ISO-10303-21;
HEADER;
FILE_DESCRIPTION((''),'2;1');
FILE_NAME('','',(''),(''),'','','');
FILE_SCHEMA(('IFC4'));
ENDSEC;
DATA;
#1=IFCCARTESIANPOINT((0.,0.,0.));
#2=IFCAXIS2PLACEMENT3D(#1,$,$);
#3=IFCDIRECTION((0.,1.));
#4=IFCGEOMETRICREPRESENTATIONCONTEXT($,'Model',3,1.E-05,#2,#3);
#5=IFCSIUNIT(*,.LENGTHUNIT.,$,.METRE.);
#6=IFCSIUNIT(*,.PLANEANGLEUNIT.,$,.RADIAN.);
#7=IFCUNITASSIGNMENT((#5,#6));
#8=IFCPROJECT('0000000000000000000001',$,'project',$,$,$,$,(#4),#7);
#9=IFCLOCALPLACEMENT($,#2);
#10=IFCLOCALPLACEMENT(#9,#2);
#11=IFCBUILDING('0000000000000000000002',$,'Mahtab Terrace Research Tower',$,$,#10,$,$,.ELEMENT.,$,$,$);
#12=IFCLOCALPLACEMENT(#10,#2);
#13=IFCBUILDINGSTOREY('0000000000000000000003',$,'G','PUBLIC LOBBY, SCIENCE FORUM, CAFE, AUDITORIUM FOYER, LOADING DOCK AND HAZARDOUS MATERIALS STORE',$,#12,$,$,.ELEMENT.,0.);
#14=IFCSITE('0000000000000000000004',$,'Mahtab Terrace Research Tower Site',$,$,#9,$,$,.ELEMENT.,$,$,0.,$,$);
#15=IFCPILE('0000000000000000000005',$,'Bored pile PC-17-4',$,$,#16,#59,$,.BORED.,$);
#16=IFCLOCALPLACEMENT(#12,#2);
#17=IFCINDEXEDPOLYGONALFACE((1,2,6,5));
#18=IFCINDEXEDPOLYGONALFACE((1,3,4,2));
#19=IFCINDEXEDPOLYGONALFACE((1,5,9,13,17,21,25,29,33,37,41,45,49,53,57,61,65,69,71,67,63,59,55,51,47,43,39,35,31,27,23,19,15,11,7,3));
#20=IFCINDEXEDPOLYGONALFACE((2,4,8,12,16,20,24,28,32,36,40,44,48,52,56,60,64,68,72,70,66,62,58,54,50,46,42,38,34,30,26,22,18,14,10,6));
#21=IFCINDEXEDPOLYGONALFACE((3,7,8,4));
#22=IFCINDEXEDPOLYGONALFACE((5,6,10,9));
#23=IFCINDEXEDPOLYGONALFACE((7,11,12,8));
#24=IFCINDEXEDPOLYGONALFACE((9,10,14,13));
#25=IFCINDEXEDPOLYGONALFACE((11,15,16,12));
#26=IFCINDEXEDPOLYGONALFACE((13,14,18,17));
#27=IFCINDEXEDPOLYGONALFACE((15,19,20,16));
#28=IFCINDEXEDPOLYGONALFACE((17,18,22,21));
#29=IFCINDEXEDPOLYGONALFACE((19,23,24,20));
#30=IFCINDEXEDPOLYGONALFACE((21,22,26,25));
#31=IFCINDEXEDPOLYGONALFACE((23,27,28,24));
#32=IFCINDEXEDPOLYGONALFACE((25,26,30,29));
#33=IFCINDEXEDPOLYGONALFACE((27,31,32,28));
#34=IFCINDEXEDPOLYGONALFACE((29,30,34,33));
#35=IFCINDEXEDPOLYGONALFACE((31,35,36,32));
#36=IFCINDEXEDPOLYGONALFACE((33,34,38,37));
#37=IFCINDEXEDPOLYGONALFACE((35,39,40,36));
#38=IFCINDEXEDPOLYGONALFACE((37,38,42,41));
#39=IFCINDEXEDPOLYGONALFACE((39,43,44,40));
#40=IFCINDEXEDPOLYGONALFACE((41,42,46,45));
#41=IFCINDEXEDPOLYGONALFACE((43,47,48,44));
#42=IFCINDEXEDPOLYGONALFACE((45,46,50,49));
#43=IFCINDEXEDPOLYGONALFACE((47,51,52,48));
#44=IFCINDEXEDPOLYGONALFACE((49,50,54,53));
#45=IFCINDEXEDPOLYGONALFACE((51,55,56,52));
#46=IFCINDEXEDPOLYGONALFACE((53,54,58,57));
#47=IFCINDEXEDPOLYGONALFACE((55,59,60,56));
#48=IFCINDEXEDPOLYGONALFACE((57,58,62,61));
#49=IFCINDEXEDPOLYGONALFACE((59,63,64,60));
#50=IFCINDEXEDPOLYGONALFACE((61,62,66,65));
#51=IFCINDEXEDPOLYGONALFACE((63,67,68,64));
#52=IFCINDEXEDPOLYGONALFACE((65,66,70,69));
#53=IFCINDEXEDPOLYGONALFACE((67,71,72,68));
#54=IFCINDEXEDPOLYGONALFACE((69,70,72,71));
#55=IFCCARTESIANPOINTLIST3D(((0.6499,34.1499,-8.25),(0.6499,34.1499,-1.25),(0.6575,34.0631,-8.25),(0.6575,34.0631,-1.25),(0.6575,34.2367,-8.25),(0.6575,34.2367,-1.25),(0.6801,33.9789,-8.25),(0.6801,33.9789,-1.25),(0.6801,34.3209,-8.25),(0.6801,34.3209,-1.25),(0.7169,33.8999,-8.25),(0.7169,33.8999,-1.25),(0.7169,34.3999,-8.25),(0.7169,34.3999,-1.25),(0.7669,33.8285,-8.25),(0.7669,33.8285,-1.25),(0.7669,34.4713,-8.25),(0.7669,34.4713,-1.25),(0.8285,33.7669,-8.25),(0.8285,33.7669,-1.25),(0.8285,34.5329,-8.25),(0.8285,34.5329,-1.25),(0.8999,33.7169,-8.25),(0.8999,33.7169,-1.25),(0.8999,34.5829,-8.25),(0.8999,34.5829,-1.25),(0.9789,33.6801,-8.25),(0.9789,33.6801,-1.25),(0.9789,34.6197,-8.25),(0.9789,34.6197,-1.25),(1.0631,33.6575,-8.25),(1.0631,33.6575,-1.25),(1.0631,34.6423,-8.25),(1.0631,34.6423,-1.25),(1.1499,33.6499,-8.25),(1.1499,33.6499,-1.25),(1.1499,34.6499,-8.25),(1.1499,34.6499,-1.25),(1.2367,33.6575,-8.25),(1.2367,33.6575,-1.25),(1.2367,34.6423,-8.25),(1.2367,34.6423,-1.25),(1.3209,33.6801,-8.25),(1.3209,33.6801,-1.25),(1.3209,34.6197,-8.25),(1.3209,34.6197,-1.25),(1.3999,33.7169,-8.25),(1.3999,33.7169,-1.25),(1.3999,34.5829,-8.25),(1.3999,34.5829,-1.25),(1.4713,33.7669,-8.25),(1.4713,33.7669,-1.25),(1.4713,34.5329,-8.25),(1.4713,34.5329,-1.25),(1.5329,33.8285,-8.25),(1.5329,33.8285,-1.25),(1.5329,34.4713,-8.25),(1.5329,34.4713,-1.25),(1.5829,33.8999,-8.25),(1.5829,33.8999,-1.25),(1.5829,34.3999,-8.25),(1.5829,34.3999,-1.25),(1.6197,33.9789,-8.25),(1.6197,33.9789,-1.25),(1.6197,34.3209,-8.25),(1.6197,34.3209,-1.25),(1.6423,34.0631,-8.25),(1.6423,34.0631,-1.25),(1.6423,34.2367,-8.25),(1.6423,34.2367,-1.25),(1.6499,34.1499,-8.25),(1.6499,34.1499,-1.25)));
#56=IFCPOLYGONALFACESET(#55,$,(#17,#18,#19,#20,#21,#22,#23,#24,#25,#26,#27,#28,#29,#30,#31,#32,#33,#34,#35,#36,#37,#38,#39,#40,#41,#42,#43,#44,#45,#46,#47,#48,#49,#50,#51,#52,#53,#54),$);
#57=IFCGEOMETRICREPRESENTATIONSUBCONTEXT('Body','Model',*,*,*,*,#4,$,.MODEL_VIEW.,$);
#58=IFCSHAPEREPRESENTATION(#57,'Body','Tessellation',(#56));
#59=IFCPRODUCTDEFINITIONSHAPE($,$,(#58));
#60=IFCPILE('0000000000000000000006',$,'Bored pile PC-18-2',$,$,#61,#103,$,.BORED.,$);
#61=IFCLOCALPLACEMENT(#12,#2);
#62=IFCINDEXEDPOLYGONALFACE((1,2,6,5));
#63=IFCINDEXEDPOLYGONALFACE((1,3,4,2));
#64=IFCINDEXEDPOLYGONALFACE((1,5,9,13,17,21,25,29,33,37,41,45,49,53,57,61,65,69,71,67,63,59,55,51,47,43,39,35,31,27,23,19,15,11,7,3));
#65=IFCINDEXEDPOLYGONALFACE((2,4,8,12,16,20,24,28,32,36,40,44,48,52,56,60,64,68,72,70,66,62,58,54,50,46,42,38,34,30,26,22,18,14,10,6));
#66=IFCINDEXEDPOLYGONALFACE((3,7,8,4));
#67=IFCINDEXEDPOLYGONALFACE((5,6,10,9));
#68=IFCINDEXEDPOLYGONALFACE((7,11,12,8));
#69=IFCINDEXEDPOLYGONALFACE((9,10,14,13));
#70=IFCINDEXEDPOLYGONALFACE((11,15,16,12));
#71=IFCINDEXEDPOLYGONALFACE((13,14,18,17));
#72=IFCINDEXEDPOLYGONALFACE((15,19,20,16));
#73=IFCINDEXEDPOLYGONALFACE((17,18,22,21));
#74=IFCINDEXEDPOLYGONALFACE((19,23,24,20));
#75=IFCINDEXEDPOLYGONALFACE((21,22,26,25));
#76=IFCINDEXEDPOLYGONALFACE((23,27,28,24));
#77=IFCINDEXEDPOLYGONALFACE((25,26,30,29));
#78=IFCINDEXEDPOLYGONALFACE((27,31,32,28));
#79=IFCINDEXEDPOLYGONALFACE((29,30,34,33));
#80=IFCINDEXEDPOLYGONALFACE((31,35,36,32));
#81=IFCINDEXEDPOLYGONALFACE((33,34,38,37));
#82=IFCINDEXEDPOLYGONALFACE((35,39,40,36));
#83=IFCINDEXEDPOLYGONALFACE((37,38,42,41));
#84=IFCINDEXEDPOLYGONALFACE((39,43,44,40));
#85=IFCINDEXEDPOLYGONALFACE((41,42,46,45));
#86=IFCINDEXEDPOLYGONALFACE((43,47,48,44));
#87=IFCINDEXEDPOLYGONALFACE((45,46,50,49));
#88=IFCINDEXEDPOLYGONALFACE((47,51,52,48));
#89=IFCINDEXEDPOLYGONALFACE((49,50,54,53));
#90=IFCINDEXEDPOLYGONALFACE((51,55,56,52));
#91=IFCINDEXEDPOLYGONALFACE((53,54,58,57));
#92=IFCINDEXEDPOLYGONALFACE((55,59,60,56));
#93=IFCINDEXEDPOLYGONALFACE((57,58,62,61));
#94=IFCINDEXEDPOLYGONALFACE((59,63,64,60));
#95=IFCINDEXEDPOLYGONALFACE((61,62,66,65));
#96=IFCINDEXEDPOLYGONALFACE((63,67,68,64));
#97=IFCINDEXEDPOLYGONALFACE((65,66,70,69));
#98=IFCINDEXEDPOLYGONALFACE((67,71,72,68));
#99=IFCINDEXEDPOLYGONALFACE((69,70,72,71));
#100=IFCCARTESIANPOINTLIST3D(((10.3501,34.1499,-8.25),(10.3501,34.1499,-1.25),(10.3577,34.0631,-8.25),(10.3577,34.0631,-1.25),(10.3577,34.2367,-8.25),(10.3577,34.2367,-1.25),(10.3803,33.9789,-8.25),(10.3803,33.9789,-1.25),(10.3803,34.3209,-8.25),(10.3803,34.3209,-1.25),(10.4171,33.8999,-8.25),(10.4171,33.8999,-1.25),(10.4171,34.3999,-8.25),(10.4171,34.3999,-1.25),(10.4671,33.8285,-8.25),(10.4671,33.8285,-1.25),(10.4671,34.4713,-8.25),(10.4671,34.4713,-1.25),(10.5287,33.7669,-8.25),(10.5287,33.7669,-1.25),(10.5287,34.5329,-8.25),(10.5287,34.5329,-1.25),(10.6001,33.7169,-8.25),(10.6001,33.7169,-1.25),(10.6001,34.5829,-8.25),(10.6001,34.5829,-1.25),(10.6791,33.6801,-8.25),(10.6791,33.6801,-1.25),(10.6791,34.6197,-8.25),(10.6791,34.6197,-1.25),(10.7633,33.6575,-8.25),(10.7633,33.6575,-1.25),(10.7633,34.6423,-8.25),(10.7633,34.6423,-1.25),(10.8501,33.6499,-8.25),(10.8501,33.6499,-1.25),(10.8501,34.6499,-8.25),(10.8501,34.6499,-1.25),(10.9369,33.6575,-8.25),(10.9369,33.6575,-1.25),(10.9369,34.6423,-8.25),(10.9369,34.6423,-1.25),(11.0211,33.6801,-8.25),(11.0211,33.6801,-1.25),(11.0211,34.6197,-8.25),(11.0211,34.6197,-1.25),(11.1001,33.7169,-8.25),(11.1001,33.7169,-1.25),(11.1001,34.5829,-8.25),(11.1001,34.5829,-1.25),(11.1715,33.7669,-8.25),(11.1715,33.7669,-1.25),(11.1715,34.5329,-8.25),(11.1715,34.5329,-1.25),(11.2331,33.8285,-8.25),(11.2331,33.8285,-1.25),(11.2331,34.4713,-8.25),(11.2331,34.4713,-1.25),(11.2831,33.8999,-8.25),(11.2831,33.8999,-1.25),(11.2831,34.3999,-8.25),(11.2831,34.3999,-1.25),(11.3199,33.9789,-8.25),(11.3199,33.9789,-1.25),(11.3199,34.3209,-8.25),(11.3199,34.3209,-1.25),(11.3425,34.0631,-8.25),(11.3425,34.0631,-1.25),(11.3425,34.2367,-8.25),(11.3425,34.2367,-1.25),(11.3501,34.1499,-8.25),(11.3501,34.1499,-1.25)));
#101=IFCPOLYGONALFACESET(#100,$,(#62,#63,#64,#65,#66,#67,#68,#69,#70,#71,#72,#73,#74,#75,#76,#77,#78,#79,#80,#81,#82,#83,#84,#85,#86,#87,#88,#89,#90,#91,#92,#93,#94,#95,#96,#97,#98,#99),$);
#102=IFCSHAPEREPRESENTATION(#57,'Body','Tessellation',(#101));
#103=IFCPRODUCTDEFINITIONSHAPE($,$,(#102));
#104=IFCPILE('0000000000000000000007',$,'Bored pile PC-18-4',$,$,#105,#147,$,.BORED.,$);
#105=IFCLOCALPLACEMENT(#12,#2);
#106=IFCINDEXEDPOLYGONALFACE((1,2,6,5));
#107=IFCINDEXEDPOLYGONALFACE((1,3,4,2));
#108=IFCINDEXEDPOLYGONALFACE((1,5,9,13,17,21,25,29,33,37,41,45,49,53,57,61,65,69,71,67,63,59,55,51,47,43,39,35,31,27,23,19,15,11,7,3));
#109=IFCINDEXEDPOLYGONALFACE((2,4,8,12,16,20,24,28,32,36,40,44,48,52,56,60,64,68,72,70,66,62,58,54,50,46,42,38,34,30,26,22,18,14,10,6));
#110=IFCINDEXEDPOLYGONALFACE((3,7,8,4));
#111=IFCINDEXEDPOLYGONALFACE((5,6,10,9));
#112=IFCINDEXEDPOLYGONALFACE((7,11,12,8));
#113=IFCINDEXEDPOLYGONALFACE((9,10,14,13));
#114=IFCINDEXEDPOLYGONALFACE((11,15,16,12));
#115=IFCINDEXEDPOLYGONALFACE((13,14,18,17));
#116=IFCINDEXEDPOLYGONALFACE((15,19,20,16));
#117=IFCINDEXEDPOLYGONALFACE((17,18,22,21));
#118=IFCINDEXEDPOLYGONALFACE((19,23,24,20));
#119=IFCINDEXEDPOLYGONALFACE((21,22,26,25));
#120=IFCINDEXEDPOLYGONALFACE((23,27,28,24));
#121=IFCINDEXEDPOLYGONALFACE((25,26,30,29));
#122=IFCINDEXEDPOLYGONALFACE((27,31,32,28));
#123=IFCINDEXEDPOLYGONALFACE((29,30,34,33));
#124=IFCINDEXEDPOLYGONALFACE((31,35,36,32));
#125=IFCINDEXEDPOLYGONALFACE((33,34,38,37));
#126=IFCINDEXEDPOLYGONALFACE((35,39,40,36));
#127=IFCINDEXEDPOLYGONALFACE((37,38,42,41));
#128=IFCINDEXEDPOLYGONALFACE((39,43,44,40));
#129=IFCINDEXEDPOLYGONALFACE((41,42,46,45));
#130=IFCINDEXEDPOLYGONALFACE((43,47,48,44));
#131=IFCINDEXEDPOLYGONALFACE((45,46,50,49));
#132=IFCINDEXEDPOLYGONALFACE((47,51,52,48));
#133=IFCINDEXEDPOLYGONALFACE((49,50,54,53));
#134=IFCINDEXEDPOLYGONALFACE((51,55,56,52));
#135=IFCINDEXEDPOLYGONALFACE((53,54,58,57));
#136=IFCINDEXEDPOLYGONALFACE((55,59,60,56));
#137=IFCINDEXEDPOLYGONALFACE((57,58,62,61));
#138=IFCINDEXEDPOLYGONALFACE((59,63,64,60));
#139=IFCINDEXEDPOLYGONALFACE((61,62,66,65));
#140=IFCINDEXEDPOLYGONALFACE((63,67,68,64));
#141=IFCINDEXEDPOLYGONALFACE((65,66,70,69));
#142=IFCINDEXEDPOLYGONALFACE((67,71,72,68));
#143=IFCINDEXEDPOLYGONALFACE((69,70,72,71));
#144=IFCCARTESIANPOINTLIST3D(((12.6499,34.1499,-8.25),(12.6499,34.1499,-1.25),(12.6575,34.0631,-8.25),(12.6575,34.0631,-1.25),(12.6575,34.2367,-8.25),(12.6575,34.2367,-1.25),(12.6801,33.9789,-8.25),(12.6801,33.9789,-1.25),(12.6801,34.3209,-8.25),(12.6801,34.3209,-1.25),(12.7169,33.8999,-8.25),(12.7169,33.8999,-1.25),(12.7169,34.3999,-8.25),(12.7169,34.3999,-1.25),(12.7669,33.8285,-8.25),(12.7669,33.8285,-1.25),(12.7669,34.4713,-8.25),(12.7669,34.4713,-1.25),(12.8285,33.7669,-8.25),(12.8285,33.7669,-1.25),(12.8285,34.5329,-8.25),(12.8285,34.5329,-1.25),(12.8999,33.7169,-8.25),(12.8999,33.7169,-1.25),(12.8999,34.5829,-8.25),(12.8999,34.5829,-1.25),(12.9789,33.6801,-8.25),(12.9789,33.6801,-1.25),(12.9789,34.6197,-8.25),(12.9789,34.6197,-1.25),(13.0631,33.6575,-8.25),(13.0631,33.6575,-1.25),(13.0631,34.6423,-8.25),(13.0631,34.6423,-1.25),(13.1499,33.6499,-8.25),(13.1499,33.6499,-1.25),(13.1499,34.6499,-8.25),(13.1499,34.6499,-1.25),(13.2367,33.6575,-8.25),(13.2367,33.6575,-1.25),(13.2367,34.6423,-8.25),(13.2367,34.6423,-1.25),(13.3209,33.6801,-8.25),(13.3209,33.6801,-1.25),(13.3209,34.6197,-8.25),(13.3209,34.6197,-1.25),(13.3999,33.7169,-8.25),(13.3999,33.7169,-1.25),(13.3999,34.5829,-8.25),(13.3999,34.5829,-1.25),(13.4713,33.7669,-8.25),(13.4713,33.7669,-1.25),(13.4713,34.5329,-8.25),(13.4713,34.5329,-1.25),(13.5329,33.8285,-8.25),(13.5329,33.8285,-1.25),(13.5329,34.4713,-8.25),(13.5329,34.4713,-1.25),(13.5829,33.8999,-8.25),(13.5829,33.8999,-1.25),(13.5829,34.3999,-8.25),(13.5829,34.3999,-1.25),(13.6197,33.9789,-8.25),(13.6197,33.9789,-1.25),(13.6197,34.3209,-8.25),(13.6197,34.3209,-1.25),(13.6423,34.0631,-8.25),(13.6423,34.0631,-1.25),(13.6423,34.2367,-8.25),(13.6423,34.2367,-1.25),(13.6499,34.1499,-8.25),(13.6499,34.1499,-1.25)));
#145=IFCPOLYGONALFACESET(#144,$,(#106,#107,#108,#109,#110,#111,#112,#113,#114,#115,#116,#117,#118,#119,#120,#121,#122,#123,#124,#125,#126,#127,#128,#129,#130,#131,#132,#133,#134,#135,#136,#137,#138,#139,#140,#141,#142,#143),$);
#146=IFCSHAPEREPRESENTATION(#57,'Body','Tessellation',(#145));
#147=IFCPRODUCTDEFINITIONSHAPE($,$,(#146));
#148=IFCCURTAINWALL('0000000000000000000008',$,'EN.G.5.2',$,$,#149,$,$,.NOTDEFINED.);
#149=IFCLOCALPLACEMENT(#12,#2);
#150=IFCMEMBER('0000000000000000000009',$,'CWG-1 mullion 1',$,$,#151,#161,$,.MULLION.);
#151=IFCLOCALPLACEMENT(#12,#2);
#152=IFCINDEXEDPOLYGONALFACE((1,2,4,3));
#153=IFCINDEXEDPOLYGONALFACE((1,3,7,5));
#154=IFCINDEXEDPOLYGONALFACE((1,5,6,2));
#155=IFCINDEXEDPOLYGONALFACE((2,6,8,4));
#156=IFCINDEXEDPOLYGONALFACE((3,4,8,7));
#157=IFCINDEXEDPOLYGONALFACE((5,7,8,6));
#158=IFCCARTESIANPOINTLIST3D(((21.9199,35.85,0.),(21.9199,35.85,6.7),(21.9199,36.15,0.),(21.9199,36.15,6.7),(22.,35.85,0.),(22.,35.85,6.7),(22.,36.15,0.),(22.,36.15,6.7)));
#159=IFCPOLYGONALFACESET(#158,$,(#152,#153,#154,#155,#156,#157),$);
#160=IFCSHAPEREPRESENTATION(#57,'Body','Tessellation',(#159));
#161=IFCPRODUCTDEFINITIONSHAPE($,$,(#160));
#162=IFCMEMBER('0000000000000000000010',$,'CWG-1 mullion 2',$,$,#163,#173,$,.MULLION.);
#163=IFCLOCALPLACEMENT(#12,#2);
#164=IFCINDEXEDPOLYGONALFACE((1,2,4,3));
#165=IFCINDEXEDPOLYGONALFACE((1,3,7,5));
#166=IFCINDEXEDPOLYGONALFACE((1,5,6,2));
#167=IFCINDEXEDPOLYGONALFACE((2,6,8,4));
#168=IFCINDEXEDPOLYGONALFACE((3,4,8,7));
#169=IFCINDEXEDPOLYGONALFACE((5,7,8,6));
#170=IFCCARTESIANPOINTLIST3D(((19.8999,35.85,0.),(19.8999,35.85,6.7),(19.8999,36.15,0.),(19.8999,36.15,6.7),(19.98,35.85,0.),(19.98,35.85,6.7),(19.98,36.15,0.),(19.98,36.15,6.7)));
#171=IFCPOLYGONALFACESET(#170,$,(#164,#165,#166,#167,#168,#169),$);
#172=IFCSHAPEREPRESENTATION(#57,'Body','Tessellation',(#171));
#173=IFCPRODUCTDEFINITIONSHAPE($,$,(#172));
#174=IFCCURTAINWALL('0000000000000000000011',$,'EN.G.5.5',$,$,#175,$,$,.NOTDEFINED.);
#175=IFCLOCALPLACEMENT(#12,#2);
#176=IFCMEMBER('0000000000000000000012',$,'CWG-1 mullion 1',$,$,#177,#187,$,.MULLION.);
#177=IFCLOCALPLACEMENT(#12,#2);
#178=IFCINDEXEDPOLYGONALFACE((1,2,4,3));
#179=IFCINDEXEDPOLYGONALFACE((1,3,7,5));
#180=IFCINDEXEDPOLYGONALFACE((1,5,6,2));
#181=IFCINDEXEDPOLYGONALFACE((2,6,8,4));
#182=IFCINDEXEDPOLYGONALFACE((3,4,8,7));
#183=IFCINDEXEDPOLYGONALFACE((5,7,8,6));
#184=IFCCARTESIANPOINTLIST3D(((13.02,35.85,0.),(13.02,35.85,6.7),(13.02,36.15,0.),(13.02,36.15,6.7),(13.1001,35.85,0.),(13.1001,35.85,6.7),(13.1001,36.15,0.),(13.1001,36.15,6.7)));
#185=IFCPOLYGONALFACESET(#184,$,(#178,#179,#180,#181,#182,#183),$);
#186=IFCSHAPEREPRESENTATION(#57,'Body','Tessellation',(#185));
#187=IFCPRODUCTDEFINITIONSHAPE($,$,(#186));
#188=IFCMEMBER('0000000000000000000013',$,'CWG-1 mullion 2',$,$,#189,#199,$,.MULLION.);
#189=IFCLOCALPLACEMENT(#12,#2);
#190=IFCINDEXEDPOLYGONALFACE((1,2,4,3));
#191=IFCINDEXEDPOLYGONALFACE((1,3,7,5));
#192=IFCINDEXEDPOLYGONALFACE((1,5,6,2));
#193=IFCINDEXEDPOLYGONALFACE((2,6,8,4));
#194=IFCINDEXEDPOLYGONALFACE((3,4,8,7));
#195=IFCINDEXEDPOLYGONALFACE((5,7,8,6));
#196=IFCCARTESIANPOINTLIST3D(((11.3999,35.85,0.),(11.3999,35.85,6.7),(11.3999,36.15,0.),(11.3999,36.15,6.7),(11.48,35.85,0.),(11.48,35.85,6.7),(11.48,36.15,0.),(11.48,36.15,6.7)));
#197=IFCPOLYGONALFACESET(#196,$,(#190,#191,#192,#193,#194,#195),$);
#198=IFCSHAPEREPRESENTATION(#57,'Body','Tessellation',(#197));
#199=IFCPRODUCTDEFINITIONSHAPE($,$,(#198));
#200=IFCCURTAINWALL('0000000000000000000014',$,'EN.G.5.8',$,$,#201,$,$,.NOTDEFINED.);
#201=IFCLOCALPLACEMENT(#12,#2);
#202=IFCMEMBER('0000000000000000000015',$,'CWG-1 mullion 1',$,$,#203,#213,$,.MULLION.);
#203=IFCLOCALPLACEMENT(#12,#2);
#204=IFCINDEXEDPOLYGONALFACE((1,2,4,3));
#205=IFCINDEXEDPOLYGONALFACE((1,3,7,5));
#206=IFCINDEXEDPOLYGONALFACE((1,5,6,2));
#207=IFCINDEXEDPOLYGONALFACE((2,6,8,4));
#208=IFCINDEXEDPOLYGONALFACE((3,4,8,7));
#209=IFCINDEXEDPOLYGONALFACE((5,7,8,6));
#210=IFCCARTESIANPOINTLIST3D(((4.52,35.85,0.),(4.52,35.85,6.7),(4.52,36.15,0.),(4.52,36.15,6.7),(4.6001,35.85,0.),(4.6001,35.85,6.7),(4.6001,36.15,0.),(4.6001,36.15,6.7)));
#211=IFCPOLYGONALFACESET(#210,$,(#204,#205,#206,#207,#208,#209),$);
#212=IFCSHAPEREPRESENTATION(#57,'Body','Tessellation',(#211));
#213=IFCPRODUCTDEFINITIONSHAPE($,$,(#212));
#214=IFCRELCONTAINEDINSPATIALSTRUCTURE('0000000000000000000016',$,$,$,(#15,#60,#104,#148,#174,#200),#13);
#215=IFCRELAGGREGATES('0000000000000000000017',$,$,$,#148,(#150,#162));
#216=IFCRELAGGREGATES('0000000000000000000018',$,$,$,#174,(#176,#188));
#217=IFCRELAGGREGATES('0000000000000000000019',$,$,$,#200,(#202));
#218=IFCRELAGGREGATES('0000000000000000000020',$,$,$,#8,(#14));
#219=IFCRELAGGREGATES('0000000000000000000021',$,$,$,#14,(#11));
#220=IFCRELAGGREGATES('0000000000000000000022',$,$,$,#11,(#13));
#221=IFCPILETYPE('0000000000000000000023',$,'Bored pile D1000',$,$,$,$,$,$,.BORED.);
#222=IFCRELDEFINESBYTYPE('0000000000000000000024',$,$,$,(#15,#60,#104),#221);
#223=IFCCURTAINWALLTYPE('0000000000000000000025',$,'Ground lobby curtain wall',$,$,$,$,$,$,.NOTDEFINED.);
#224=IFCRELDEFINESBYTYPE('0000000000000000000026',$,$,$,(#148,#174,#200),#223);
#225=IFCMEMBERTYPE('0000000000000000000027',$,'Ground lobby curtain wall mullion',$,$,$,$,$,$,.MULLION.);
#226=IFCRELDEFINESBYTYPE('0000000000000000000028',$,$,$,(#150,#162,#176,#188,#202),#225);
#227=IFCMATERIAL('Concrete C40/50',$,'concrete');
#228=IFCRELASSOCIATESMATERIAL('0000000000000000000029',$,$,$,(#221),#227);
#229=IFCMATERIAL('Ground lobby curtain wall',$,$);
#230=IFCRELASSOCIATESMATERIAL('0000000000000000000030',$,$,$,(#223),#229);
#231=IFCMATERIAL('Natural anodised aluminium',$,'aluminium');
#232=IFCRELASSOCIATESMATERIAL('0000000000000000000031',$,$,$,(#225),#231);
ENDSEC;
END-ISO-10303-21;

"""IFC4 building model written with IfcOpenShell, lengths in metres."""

from ifc_helpers import new_model, si_unit, direction, frame, origin, origin_2d, place, context, subcontext, project, spatial, rectangle, circle, extrude, material, material_profile, profile_set, type_object, element, aggregate, save


model = new_model("IFC4")

# Units and contexts
model_context = context("Model", 3, precision=1e-05, world=origin(), true_north=direction((0.0, 1.0)))
body_context = subcontext(model_context, "Body", "Model", "MODEL_VIEW")
ifc_project = project(units=[si_unit("LENGTHUNIT", "METRE"), si_unit("PLANEANGLEUNIT", "RADIAN")], contexts=[model_context])

# Site, building, storey
site_placement = place(None, origin())
site = spatial("IfcSite", under=ifc_project, at=site_placement, Name="Mahtab Terrace Research Tower Site", CompositionType="ELEMENT", RefElevation=0.0)
building_placement = place(site_placement, origin())
building = spatial("IfcBuilding", under=site, at=building_placement, Name="Mahtab Terrace Research Tower", CompositionType="ELEMENT")
storey_placement = place(building_placement, origin())
storey = spatial("IfcBuildingStorey", under=building, at=storey_placement, Name="G", Description="PUBLIC LOBBY, SCIENCE FORUM, CAFE, AUDITORIUM FOYER, LOADING DOCK AND HAZARDOUS MATERIALS STORE", CompositionType="ELEMENT", Elevation=0.0)

# Piles
ifc_material_1 = material(Name="Concrete C40/50", Category="concrete")
ifc_material_profile_1 = material_profile(ifc_material_1, circle(Radius=0.5, at=origin_2d()), Name="Bored pile D1000")
ifc_profile_set_1 = profile_set([ifc_material_profile_1], Name="Concrete C40/50")
pile_type = type_object("IfcPileType", Name="Bored pile D1000", PredefinedType="BORED", material=ifc_profile_set_1)
for number, where, z_axis, x_axis, name in (
    (1, (1.1499, 34.1499, -1.25), (0.0, 0.0, -1.0), (1.0, 0.0, 0.0), "Bored pile PC-17-4"),
    (2, (10.8501, 34.1499, -1.25), (0.0, 0.0, -1.0), (1.0, 0.0, 0.0), "Bored pile PC-18-2"),
    (3, (13.1499, 34.1499, -1.25), (0.0, 0.0, -1.0), (1.0, 0.0, 0.0), "Bored pile PC-18-4"),
):
    element("IfcPile", number, at=place(storey_placement, frame(where, z_axis=z_axis, x_axis=x_axis)), inside=storey, type_object=pile_type, Name=name, PredefinedType="BORED", context=body_context, shape_type="SweptSolid", body=[
        extrude(circle(Radius=0.5, at=origin_2d()), origin(), (0.0, 0.0, 1.0), 7.0),
    ])

# Curtain walls, members
ifc_material_2 = material(Name="Ground lobby curtain wall")
curtain_wall_type = type_object("IfcCurtainWallType", Name="Ground lobby curtain wall", PredefinedType="NOTDEFINED", material=ifc_material_2)
curtain_wall_1_placement = place(storey_placement, origin())
curtain_wall_1 = element("IfcCurtainWall", 4, at=curtain_wall_1_placement, inside=storey, type_object=curtain_wall_type, Name="EN.G.5.2", PredefinedType="NOTDEFINED")
ifc_material_3 = material(Name="Natural anodised aluminium", Category="aluminium")
ifc_material_profile_2 = material_profile(ifc_material_3, rectangle(XDim=0.3, YDim=0.0801, at=origin_2d()), Name="MULLION 80x300")
ifc_profile_set_2 = profile_set([ifc_material_profile_2], Name="Natural anodised aluminium")
member_type_1 = type_object("IfcMemberType", Name="Ground lobby curtain wall mullion", PredefinedType="MULLION", material=ifc_profile_set_2)
member_1_placement = place(storey_placement, frame((21.96, 36.0, 0.0), z_axis=(0.0, 0.0, 1.0), x_axis=(0.0, -1.0, 0.0)))
member_1 = element("IfcMember", 5, at=member_1_placement, type_object=member_type_1, Name="CWG-1 mullion 1", PredefinedType="MULLION", context=body_context, shape_type="SweptSolid", body=[
    extrude(rectangle(XDim=0.3, YDim=0.0801, at=origin_2d()), origin(), (0.0, 0.0, 1.0), 6.7),
])
member_2_placement = place(storey_placement, frame((19.9399, 36.0, 0.0), z_axis=(0.0, 0.0, 1.0), x_axis=(0.0, -1.0, 0.0)))
member_2 = element("IfcMember", 6, at=member_2_placement, type_object=member_type_1, Name="CWG-1 mullion 2", PredefinedType="MULLION", context=body_context, shape_type="SweptSolid", body=[
    extrude(rectangle(XDim=0.3, YDim=0.0801, at=origin_2d()), origin(), (0.0, 0.0, 1.0), 6.7),
])
curtain_wall_2_placement = place(storey_placement, origin())
curtain_wall_2 = element("IfcCurtainWall", 7, at=curtain_wall_2_placement, inside=storey, type_object=curtain_wall_type, Name="EN.G.5.5", PredefinedType="NOTDEFINED")
member_3_placement = place(storey_placement, frame((13.0601, 36.0, 0.0), z_axis=(0.0, 0.0, 1.0), x_axis=(0.0, -1.0, 0.0)))
member_3 = element("IfcMember", 8, at=member_3_placement, type_object=member_type_1, Name="CWG-1 mullion 1", PredefinedType="MULLION", context=body_context, shape_type="SweptSolid", body=[
    extrude(rectangle(XDim=0.3, YDim=0.0801, at=origin_2d()), origin(), (0.0, 0.0, 1.0), 6.7),
])
member_4_placement = place(storey_placement, frame((11.4399, 36.0, 0.0), z_axis=(0.0, 0.0, 1.0), x_axis=(0.0, -1.0, 0.0)))
member_4 = element("IfcMember", 9, at=member_4_placement, type_object=member_type_1, Name="CWG-1 mullion 2", PredefinedType="MULLION", context=body_context, shape_type="SweptSolid", body=[
    extrude(rectangle(XDim=0.3, YDim=0.0801, at=origin_2d()), origin(), (0.0, 0.0, 1.0), 6.7),
])

# Curtain wall, member
curtain_wall_3_placement = place(storey_placement, origin())
curtain_wall_3 = element("IfcCurtainWall", 10, at=curtain_wall_3_placement, inside=storey, type_object=curtain_wall_type, Name="EN.G.5.8", PredefinedType="NOTDEFINED")
member_5_placement = place(storey_placement, frame((4.5601, 36.0, 0.0), z_axis=(0.0, 0.0, 1.0), x_axis=(0.0, -1.0, 0.0)))
member_5 = element("IfcMember", 11, at=member_5_placement, type_object=member_type_1, Name="CWG-1 mullion 1", PredefinedType="MULLION", context=body_context, shape_type="SweptSolid", body=[
    extrude(rectangle(XDim=0.3, YDim=0.0801, at=origin_2d()), origin(), (0.0, 0.0, 1.0), 6.7),
])

aggregate(curtain_wall_1, [member_1, member_2])
aggregate(curtain_wall_2, [member_3, member_4])
aggregate(curtain_wall_3, [member_5])

save(model, "model.ifc")
